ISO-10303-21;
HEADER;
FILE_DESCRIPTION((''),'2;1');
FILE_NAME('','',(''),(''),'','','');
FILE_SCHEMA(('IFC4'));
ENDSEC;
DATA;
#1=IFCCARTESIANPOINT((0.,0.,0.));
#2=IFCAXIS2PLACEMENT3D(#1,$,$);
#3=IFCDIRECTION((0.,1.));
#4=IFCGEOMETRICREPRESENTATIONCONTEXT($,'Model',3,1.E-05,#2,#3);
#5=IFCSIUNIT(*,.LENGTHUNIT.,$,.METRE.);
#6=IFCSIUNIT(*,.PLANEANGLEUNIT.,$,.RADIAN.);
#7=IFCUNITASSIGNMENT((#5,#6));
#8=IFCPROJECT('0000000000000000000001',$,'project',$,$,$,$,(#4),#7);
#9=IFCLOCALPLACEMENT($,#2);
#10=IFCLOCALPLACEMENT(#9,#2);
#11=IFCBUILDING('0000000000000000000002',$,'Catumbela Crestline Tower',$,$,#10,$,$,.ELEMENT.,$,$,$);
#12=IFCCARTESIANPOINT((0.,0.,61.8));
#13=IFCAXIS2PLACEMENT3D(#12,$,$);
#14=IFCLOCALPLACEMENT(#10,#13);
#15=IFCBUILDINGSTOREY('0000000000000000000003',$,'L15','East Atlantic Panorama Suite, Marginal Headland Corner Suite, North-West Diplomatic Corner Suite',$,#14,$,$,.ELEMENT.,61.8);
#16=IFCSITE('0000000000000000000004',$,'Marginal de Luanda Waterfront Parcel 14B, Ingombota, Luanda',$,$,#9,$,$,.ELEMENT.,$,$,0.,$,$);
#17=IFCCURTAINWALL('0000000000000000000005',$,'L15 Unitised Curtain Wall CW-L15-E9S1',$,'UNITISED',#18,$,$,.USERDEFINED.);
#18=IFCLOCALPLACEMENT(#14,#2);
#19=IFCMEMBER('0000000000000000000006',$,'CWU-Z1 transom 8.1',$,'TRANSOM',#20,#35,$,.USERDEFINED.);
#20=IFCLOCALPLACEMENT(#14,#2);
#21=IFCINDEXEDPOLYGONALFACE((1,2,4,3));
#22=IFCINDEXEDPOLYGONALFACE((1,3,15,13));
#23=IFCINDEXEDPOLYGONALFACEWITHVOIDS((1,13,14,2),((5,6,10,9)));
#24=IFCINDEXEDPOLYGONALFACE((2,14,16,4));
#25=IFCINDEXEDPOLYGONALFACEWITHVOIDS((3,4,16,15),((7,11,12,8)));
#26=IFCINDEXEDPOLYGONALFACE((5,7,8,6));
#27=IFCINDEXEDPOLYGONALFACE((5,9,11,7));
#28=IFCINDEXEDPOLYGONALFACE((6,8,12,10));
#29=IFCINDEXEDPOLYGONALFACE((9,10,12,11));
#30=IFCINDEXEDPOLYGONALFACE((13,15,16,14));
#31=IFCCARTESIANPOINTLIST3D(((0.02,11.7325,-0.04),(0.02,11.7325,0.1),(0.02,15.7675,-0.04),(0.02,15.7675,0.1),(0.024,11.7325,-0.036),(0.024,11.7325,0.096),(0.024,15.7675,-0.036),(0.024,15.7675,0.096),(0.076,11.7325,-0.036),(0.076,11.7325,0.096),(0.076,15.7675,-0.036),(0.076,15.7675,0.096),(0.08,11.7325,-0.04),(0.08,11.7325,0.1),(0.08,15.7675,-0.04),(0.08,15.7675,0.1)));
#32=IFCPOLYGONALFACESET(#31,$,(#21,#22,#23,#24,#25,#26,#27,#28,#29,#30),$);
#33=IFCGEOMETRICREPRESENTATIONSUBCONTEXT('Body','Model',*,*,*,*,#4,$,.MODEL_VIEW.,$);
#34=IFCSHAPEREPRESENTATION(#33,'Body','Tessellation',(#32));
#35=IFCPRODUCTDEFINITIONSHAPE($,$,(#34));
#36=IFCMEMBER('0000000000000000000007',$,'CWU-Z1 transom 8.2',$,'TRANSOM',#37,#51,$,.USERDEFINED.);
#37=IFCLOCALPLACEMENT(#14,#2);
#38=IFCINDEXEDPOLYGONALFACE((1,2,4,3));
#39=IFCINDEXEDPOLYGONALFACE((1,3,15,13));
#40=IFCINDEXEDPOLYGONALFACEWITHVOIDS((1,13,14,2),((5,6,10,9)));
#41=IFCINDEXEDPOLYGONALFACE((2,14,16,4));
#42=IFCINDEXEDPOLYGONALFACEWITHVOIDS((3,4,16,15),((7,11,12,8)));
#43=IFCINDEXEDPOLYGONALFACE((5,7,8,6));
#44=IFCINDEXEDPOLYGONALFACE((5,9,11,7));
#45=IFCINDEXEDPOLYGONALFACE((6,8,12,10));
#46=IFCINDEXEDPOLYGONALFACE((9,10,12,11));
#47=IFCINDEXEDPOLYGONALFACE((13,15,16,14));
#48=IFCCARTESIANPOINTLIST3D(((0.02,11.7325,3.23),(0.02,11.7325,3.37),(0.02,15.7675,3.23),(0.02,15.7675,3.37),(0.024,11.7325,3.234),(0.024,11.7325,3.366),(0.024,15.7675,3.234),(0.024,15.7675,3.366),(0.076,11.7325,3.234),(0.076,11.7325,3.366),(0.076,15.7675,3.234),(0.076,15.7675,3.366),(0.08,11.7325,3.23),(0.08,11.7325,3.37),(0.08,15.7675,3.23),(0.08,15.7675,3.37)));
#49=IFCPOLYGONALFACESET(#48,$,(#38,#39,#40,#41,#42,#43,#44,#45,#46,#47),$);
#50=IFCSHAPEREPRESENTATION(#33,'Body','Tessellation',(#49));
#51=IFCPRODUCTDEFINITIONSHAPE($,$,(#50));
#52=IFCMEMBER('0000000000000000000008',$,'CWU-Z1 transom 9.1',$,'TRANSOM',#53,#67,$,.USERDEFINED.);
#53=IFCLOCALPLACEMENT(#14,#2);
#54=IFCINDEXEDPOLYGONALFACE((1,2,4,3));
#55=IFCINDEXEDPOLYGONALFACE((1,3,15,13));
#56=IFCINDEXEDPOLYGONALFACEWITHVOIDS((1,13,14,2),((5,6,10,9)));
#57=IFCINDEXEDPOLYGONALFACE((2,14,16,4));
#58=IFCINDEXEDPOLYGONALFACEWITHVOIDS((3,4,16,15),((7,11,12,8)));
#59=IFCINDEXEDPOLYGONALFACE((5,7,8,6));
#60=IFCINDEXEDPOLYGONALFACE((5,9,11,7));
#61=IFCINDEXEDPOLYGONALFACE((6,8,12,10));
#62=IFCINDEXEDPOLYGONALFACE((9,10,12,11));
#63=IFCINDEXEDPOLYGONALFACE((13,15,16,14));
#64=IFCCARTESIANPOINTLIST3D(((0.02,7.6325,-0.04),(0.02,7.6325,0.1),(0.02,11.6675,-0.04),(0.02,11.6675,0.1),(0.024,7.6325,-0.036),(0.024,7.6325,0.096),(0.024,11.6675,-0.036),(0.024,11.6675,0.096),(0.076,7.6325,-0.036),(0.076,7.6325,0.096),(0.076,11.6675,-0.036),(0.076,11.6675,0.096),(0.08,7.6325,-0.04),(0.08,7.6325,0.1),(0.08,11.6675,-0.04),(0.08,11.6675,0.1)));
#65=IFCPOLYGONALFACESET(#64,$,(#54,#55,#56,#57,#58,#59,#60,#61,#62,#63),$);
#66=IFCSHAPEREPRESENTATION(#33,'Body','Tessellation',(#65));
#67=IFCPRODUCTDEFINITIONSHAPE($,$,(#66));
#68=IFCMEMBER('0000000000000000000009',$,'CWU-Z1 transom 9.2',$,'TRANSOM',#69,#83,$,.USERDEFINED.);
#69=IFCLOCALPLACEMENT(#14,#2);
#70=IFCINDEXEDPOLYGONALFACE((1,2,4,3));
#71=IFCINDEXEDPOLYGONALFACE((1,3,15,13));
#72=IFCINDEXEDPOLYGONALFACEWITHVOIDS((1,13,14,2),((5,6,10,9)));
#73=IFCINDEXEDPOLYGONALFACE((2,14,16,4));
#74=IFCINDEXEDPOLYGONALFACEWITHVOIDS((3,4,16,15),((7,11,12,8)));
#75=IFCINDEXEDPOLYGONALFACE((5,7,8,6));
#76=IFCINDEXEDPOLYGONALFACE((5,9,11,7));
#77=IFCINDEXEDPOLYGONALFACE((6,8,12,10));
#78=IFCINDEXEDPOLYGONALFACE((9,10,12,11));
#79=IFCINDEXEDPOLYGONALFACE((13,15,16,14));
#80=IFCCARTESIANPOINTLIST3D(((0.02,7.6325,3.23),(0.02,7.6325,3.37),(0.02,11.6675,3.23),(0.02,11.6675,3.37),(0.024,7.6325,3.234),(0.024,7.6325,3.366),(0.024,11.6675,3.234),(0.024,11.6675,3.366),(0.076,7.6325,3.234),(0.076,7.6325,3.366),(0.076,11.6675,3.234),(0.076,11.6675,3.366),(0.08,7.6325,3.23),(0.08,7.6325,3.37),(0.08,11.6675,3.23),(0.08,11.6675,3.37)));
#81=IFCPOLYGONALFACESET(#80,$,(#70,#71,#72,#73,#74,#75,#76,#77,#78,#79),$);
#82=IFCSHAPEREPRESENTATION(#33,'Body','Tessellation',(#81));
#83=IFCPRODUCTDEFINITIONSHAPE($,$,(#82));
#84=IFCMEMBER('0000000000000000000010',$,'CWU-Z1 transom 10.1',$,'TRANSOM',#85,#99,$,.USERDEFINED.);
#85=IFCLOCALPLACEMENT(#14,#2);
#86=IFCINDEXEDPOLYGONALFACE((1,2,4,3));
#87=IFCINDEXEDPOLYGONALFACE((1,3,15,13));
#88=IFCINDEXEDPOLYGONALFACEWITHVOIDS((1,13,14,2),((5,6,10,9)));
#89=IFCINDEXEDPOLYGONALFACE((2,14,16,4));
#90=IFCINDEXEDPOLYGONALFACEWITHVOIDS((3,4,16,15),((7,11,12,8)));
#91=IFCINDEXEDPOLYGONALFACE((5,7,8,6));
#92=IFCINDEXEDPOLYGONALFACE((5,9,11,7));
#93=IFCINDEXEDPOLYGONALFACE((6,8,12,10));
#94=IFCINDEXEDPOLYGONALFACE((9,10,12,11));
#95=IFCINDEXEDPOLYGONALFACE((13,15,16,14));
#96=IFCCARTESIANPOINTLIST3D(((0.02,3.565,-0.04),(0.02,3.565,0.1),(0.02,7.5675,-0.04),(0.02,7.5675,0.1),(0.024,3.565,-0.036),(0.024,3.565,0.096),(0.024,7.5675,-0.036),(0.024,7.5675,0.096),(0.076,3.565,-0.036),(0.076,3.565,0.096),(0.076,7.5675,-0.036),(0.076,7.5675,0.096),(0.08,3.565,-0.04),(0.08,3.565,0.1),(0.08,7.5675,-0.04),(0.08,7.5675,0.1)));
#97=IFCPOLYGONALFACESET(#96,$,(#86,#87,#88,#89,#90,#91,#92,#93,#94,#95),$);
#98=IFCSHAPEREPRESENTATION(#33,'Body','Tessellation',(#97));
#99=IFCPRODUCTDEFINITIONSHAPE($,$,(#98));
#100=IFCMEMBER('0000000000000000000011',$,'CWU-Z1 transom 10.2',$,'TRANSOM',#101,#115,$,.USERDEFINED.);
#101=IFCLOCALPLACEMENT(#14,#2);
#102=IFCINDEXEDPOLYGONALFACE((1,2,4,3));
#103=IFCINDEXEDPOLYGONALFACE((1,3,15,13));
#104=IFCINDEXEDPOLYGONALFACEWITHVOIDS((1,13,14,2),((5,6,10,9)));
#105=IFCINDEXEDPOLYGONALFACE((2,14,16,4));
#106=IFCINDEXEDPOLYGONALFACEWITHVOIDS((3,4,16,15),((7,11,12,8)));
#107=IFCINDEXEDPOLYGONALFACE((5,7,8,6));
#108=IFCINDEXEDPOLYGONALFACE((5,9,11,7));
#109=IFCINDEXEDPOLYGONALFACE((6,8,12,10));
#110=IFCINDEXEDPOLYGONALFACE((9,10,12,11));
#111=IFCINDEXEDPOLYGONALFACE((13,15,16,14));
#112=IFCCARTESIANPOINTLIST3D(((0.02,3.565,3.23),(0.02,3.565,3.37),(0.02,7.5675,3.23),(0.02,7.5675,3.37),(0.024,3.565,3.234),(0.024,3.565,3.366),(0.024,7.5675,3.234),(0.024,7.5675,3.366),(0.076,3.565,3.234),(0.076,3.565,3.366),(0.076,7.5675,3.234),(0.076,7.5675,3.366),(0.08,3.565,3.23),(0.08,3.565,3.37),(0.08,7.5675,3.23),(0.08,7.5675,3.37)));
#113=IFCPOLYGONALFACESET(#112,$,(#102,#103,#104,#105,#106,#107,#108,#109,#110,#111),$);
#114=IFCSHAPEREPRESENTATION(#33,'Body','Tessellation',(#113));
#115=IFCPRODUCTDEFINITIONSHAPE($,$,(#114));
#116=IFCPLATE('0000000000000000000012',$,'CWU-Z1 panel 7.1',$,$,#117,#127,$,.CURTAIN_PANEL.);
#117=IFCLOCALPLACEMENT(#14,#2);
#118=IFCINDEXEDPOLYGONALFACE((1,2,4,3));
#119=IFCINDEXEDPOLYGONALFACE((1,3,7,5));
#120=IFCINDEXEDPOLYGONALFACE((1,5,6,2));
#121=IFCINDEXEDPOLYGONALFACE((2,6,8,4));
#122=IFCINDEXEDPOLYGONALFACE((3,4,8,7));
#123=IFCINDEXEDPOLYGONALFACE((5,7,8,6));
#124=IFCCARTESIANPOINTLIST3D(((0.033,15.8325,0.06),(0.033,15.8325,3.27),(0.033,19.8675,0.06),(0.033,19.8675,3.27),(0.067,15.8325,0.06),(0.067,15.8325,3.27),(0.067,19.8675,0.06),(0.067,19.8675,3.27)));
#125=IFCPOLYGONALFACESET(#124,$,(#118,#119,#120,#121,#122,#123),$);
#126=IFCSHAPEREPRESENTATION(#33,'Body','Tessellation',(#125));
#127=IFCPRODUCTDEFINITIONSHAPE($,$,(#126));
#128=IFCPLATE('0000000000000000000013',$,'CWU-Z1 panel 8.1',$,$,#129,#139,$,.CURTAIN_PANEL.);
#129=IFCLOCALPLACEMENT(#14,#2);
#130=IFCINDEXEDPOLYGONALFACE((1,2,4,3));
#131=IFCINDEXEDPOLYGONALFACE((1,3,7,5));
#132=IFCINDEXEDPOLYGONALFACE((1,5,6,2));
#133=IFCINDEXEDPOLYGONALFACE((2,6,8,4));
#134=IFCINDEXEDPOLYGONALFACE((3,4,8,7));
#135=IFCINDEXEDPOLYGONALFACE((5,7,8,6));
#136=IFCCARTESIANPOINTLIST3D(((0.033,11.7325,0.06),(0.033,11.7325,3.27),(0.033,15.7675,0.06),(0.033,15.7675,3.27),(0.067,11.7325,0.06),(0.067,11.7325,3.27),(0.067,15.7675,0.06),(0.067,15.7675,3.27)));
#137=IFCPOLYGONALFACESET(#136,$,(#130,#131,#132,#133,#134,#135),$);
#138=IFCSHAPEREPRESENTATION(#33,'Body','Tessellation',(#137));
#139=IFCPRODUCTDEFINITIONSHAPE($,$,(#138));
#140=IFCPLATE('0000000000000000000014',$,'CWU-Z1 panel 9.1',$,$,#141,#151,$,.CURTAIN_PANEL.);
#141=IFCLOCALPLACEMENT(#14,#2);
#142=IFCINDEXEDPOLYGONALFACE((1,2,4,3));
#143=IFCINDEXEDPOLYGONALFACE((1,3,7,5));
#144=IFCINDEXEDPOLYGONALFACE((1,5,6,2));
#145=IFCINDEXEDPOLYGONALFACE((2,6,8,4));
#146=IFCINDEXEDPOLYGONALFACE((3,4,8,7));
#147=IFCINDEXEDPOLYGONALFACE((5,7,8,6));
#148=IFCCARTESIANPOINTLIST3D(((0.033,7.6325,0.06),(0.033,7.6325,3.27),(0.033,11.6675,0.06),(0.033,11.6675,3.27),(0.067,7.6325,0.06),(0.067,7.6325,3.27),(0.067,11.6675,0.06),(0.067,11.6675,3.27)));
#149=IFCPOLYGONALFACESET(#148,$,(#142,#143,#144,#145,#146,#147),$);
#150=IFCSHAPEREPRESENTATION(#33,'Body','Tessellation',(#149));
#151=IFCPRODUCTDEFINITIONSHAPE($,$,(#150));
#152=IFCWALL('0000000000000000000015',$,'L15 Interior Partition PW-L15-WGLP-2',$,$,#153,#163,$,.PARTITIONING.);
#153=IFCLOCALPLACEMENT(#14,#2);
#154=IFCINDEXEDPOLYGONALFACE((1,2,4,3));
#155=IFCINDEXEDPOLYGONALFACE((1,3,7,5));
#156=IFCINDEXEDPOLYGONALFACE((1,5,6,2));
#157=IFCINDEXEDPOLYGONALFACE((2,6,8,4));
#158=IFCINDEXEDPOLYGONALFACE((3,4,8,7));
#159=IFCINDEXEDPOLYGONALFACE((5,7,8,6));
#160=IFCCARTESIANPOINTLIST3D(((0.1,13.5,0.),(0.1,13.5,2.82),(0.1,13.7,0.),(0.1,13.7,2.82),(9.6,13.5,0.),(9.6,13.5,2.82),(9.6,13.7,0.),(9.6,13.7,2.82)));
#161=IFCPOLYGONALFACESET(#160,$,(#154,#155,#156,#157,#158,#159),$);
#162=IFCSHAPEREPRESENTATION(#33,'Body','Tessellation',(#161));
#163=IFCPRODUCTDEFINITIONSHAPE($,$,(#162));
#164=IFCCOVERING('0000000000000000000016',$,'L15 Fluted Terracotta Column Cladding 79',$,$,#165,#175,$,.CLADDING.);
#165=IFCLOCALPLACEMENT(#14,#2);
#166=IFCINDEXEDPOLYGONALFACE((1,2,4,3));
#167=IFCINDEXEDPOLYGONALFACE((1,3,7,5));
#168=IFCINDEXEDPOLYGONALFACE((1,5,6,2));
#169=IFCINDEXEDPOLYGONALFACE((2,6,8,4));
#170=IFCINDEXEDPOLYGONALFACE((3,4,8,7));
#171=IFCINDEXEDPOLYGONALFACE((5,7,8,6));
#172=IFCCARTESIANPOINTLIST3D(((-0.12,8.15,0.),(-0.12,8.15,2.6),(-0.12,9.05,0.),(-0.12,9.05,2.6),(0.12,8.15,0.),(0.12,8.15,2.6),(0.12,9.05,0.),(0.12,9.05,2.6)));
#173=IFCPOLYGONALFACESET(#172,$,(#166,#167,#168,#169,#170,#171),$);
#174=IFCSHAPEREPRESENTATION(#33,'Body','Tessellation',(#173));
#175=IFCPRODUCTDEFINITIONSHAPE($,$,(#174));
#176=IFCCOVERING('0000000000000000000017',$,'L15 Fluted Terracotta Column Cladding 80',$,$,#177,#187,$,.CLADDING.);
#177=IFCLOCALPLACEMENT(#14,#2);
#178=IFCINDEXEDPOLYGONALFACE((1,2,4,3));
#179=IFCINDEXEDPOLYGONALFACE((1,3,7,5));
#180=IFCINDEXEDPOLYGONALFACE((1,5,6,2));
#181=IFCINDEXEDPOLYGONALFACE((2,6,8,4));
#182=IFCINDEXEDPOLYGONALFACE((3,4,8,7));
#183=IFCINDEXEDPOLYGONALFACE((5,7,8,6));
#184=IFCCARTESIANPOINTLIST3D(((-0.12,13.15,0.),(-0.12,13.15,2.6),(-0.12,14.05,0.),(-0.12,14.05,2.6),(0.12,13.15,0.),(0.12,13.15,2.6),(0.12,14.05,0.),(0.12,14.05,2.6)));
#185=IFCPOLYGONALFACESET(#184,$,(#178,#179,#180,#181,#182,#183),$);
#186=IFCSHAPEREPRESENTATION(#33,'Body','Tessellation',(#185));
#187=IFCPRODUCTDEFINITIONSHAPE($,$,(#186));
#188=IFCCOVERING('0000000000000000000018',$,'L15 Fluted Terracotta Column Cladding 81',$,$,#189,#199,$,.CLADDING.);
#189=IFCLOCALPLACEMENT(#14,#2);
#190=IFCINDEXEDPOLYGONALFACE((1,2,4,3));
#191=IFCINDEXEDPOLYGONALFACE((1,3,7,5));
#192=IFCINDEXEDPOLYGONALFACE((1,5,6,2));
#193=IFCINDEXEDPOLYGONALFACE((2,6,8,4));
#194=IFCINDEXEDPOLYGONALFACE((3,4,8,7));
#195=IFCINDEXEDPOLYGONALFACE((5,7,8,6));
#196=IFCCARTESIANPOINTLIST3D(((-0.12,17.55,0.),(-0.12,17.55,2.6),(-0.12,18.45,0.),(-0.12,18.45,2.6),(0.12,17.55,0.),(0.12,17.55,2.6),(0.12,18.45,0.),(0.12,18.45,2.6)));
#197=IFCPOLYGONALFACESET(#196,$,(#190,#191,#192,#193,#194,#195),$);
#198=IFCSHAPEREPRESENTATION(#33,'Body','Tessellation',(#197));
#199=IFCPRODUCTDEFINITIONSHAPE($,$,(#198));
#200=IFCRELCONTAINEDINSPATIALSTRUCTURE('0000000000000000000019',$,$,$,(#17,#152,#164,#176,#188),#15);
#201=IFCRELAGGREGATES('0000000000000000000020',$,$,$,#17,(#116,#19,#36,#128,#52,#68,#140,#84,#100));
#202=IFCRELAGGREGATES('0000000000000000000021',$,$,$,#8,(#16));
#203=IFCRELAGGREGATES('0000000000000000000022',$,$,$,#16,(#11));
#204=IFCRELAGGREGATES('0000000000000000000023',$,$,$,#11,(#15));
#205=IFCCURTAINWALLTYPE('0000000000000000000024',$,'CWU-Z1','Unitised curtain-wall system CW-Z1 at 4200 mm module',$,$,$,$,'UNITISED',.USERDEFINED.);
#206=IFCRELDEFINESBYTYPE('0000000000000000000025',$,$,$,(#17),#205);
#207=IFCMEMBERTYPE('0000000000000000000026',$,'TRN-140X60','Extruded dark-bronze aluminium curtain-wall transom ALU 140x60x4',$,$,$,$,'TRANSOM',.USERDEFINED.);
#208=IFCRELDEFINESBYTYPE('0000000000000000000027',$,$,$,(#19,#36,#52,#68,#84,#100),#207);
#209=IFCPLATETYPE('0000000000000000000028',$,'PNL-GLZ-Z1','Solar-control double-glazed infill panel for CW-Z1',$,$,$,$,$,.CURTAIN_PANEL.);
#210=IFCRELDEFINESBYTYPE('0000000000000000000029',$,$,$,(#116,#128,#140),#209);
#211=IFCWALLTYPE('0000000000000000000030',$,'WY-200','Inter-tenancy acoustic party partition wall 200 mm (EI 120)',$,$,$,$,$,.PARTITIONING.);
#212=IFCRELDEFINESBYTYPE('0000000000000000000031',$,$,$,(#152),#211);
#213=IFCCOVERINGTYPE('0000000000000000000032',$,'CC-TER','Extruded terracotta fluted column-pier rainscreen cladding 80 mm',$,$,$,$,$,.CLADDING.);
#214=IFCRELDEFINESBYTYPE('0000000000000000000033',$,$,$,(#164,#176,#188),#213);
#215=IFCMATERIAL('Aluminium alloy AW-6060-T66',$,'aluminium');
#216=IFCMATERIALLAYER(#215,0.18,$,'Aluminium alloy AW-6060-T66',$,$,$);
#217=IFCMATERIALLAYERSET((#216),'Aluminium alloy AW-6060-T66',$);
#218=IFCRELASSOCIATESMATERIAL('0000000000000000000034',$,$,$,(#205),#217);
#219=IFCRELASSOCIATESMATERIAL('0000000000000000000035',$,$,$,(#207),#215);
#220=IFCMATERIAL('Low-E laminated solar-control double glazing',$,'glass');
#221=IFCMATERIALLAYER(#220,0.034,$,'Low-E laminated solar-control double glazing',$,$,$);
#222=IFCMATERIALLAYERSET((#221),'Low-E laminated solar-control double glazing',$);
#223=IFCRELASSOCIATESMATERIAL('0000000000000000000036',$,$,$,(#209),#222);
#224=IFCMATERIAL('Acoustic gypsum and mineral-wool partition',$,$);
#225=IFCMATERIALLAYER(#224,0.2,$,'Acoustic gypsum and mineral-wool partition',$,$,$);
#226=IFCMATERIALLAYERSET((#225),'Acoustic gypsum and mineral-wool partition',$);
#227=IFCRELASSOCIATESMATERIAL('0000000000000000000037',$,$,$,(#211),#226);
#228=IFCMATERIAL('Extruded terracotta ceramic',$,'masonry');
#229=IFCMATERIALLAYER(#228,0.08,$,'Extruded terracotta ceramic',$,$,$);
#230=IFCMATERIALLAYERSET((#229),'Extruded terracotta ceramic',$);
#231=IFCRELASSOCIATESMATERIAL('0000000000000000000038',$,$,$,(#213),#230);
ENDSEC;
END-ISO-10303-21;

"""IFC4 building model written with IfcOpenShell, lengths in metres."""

from ifc_helpers import new_model, si_unit, direction, frame, frame_2d, origin, origin_2d, place, context, subcontext, project, spatial, rectangle, hollow_rectangle, extrude, material, layer, layer_set, material_profile, profile_set, type_object, element, aggregate, save


model = new_model("IFC4")

# Units and contexts
model_context = context("Model", 3, precision=1e-05, world=origin(), true_north=direction((0.0, 1.0)))
body_context = subcontext(model_context, "Body", "Model", "MODEL_VIEW")
ifc_project = project(units=[si_unit("LENGTHUNIT", "METRE"), si_unit("PLANEANGLEUNIT", "RADIAN")], contexts=[model_context])

# Site, building, storey
site_placement = place(None, origin())
site = spatial("IfcSite", under=ifc_project, at=site_placement, Name="Marginal de Luanda Waterfront Parcel 14B, Ingombota, Luanda", CompositionType="ELEMENT", RefElevation=0.0)
building_placement = place(site_placement, origin())
building = spatial("IfcBuilding", under=site, at=building_placement, Name="Catumbela Crestline Tower", CompositionType="ELEMENT")
storey_placement = place(building_placement, frame((0.0, 0.0, 61.8)))
storey = spatial("IfcBuildingStorey", under=building, at=storey_placement, Name="L15", Description="East Atlantic Panorama Suite, Marginal Headland Corner Suite, North-West Diplomatic Corner Suite", CompositionType="ELEMENT", Elevation=61.8)

# Curtain wall
ifc_material_1 = material(Name="Aluminium alloy AW-6060-T66", Category="aluminium")
ifc_layer_1 = layer(ifc_material_1, 0.18, Name="Aluminium alloy AW-6060-T66")
ifc_layer_set_1 = layer_set([ifc_layer_1], Name="Aluminium alloy AW-6060-T66")
curtain_wall_type = type_object("IfcCurtainWallType", Name="CWU-Z1", Description="Unitised curtain-wall system CW-Z1 at 4200 mm module", ElementType="UNITISED", PredefinedType="USERDEFINED", material=ifc_layer_set_1)
curtain_wall_placement = place(storey_placement, origin())
curtain_wall = element("IfcCurtainWall", 1, at=curtain_wall_placement, inside=storey, type_object=curtain_wall_type, Name="L15 Unitised Curtain Wall CW-L15-E9S1", ObjectType="UNITISED", PredefinedType="USERDEFINED")

# Members
ifc_material_profile_1 = material_profile(ifc_material_1, hollow_rectangle(XDim=0.06, YDim=0.14, WallThickness=0.004, at=origin_2d()), Name="ALU 140x60x4")
ifc_profile_set_1 = profile_set([ifc_material_profile_1], Name="Aluminium alloy AW-6060-T66")
member_type_1 = type_object("IfcMemberType", Name="TRN-140X60", Description="Extruded dark-bronze aluminium curtain-wall transom ALU 140x60x4", ElementType="TRANSOM", PredefinedType="USERDEFINED", material=ifc_profile_set_1)
member_1_placement = place(storey_placement, frame((0.05, 15.7675, 0.03), z_axis=(0.0, -1.0, 0.0), x_axis=(1.0, 0.0, 0.0)))
member_1 = element("IfcMember", 2, at=member_1_placement, type_object=member_type_1, Name="CWU-Z1 transom 8.1", ObjectType="TRANSOM", PredefinedType="USERDEFINED", context=body_context, shape_type="SweptSolid", body=[
    extrude(hollow_rectangle(XDim=0.06, YDim=0.14, WallThickness=0.004, at=origin_2d()), origin(), (0.0, 0.0, 1.0), 4.035),
])
member_2_placement = place(storey_placement, frame((0.05, 15.7675, 3.3), z_axis=(0.0, -1.0, 0.0), x_axis=(1.0, 0.0, 0.0)))
member_2 = element("IfcMember", 3, at=member_2_placement, type_object=member_type_1, Name="CWU-Z1 transom 8.2", ObjectType="TRANSOM", PredefinedType="USERDEFINED", context=body_context, shape_type="SweptSolid", body=[
    extrude(hollow_rectangle(XDim=0.06, YDim=0.14, WallThickness=0.004, at=origin_2d()), origin(), (0.0, 0.0, 1.0), 4.035),
])
member_3_placement = place(storey_placement, frame((0.05, 11.6675, 0.03), z_axis=(0.0, -1.0, 0.0), x_axis=(1.0, 0.0, 0.0)))
member_3 = element("IfcMember", 4, at=member_3_placement, type_object=member_type_1, Name="CWU-Z1 transom 9.1", ObjectType="TRANSOM", PredefinedType="USERDEFINED", context=body_context, shape_type="SweptSolid", body=[
    extrude(hollow_rectangle(XDim=0.06, YDim=0.14, WallThickness=0.004, at=origin_2d()), origin(), (0.0, 0.0, 1.0), 4.035),
])
member_4_placement = place(storey_placement, frame((0.05, 11.6675, 3.3), z_axis=(0.0, -1.0, 0.0), x_axis=(1.0, 0.0, 0.0)))
member_4 = element("IfcMember", 5, at=member_4_placement, type_object=member_type_1, Name="CWU-Z1 transom 9.2", ObjectType="TRANSOM", PredefinedType="USERDEFINED", context=body_context, shape_type="SweptSolid", body=[
    extrude(hollow_rectangle(XDim=0.06, YDim=0.14, WallThickness=0.004, at=origin_2d()), origin(), (0.0, 0.0, 1.0), 4.035),
])
member_5_placement = place(storey_placement, frame((0.05, 7.5675, 0.03), z_axis=(0.0, -1.0, 0.0), x_axis=(1.0, 0.0, 0.0)))
member_5 = element("IfcMember", 6, at=member_5_placement, type_object=member_type_1, Name="CWU-Z1 transom 10.1", ObjectType="TRANSOM", PredefinedType="USERDEFINED", context=body_context, shape_type="SweptSolid", body=[
    extrude(hollow_rectangle(XDim=0.06, YDim=0.14, WallThickness=0.004, at=origin_2d()), origin(), (0.0, 0.0, 1.0), 4.0025),
])
member_6_placement = place(storey_placement, frame((0.05, 7.5675, 3.3), z_axis=(0.0, -1.0, 0.0), x_axis=(1.0, 0.0, 0.0)))
member_6 = element("IfcMember", 7, at=member_6_placement, type_object=member_type_1, Name="CWU-Z1 transom 10.2", ObjectType="TRANSOM", PredefinedType="USERDEFINED", context=body_context, shape_type="SweptSolid", body=[
    extrude(hollow_rectangle(XDim=0.06, YDim=0.14, WallThickness=0.004, at=origin_2d()), origin(), (0.0, 0.0, 1.0), 4.0025),
])

# Plates
ifc_material_2 = material(Name="Low-E laminated solar-control double glazing", Category="glass")
ifc_layer_2 = layer(ifc_material_2, 0.034, Name="Low-E laminated solar-control double glazing")
ifc_layer_set_2 = layer_set([ifc_layer_2], Name="Low-E laminated solar-control double glazing")
plate_type = type_object("IfcPlateType", Name="PNL-GLZ-Z1", Description="Solar-control double-glazed infill panel for CW-Z1", PredefinedType="CURTAIN_PANEL", material=ifc_layer_set_2)
plate_1_placement = place(storey_placement, frame((0.05, 17.85, 0.06), z_axis=(0.0, 0.0, 1.0), x_axis=(0.0, -1.0, 0.0)))
plate_1 = element("IfcPlate", 8, at=plate_1_placement, type_object=plate_type, Name="CWU-Z1 panel 7.1", PredefinedType="CURTAIN_PANEL", context=body_context, shape_type="SweptSolid", body=[
    extrude(rectangle(XDim=4.035, YDim=0.034, at=origin_2d()), origin(), (0.0, 0.0, 1.0), 3.21),
])
plate_2_placement = place(storey_placement, frame((0.05, 13.75, 0.06), z_axis=(0.0, 0.0, 1.0), x_axis=(0.0, -1.0, 0.0)))
plate_2 = element("IfcPlate", 9, at=plate_2_placement, type_object=plate_type, Name="CWU-Z1 panel 8.1", PredefinedType="CURTAIN_PANEL", context=body_context, shape_type="SweptSolid", body=[
    extrude(rectangle(XDim=4.035, YDim=0.034, at=origin_2d()), origin(), (0.0, 0.0, 1.0), 3.21),
])
plate_3_placement = place(storey_placement, frame((0.05, 9.65, 0.06), z_axis=(0.0, 0.0, 1.0), x_axis=(0.0, -1.0, 0.0)))
plate_3 = element("IfcPlate", 10, at=plate_3_placement, type_object=plate_type, Name="CWU-Z1 panel 9.1", PredefinedType="CURTAIN_PANEL", context=body_context, shape_type="SweptSolid", body=[
    extrude(rectangle(XDim=4.035, YDim=0.034, at=origin_2d()), origin(), (0.0, 0.0, 1.0), 3.21),
])
aggregate(curtain_wall, [plate_1, member_1, member_2, plate_2, member_3, member_4, plate_3, member_5, member_6])

# Wall
ifc_material_3 = material(Name="Acoustic gypsum and mineral-wool partition")
ifc_layer_3 = layer(ifc_material_3, 0.2, Name="Acoustic gypsum and mineral-wool partition")
ifc_layer_set_3 = layer_set([ifc_layer_3], Name="Acoustic gypsum and mineral-wool partition")
wall_type = type_object("IfcWallType", Name="WY-200", Description="Inter-tenancy acoustic party partition wall 200 mm (EI 120)", PredefinedType="PARTITIONING", material=ifc_layer_set_3)
wall_placement = place(storey_placement, frame((0.1, 13.6, 0.0), z_axis=(0.0, 0.0, 1.0), x_axis=(1.0, 0.0, 0.0)))
element("IfcWall", 11, at=wall_placement, inside=storey, type_object=wall_type, Name="L15 Interior Partition PW-L15-WGLP-2", PredefinedType="PARTITIONING", context=body_context, shape_type="SweptSolid", body=[
    extrude(rectangle(XDim=9.5, YDim=0.2, at=frame_2d((4.75, 0.0))), origin(), (0.0, 0.0, 1.0), 2.82),
])

# Coverings
ifc_material_4 = material(Name="Extruded terracotta ceramic", Category="masonry")
ifc_layer_4 = layer(ifc_material_4, 0.08, Name="Extruded terracotta ceramic")
ifc_layer_set_4 = layer_set([ifc_layer_4], Name="Extruded terracotta ceramic")
covering_type = type_object("IfcCoveringType", Name="CC-TER", Description="Extruded terracotta fluted column-pier rainscreen cladding 80 mm", PredefinedType="CLADDING", material=ifc_layer_set_4)
for number, where, z_axis, x_axis, name in (
    (12, (0.0, 8.6, 0.0), (0.0, 0.0, 1.0), (0.0, -1.0, 0.0), "L15 Fluted Terracotta Column Cladding 79"),
    (13, (0.0, 13.6, 0.0), (0.0, 0.0, 1.0), (0.0, -1.0, 0.0), "L15 Fluted Terracotta Column Cladding 80"),
    (14, (0.0, 18.0, 0.0), (0.0, 0.0, 1.0), (0.0, -1.0, 0.0), "L15 Fluted Terracotta Column Cladding 81"),
):
    element("IfcCovering", number, at=place(storey_placement, frame(where, z_axis=z_axis, x_axis=x_axis)), inside=storey, type_object=covering_type, Name=name, PredefinedType="CLADDING", context=body_context, shape_type="SweptSolid", body=[
        extrude(rectangle(XDim=0.9, YDim=0.24, at=origin_2d()), origin(), (0.0, 0.0, 1.0), 2.6),
    ])

save(model, "model.ifc")
